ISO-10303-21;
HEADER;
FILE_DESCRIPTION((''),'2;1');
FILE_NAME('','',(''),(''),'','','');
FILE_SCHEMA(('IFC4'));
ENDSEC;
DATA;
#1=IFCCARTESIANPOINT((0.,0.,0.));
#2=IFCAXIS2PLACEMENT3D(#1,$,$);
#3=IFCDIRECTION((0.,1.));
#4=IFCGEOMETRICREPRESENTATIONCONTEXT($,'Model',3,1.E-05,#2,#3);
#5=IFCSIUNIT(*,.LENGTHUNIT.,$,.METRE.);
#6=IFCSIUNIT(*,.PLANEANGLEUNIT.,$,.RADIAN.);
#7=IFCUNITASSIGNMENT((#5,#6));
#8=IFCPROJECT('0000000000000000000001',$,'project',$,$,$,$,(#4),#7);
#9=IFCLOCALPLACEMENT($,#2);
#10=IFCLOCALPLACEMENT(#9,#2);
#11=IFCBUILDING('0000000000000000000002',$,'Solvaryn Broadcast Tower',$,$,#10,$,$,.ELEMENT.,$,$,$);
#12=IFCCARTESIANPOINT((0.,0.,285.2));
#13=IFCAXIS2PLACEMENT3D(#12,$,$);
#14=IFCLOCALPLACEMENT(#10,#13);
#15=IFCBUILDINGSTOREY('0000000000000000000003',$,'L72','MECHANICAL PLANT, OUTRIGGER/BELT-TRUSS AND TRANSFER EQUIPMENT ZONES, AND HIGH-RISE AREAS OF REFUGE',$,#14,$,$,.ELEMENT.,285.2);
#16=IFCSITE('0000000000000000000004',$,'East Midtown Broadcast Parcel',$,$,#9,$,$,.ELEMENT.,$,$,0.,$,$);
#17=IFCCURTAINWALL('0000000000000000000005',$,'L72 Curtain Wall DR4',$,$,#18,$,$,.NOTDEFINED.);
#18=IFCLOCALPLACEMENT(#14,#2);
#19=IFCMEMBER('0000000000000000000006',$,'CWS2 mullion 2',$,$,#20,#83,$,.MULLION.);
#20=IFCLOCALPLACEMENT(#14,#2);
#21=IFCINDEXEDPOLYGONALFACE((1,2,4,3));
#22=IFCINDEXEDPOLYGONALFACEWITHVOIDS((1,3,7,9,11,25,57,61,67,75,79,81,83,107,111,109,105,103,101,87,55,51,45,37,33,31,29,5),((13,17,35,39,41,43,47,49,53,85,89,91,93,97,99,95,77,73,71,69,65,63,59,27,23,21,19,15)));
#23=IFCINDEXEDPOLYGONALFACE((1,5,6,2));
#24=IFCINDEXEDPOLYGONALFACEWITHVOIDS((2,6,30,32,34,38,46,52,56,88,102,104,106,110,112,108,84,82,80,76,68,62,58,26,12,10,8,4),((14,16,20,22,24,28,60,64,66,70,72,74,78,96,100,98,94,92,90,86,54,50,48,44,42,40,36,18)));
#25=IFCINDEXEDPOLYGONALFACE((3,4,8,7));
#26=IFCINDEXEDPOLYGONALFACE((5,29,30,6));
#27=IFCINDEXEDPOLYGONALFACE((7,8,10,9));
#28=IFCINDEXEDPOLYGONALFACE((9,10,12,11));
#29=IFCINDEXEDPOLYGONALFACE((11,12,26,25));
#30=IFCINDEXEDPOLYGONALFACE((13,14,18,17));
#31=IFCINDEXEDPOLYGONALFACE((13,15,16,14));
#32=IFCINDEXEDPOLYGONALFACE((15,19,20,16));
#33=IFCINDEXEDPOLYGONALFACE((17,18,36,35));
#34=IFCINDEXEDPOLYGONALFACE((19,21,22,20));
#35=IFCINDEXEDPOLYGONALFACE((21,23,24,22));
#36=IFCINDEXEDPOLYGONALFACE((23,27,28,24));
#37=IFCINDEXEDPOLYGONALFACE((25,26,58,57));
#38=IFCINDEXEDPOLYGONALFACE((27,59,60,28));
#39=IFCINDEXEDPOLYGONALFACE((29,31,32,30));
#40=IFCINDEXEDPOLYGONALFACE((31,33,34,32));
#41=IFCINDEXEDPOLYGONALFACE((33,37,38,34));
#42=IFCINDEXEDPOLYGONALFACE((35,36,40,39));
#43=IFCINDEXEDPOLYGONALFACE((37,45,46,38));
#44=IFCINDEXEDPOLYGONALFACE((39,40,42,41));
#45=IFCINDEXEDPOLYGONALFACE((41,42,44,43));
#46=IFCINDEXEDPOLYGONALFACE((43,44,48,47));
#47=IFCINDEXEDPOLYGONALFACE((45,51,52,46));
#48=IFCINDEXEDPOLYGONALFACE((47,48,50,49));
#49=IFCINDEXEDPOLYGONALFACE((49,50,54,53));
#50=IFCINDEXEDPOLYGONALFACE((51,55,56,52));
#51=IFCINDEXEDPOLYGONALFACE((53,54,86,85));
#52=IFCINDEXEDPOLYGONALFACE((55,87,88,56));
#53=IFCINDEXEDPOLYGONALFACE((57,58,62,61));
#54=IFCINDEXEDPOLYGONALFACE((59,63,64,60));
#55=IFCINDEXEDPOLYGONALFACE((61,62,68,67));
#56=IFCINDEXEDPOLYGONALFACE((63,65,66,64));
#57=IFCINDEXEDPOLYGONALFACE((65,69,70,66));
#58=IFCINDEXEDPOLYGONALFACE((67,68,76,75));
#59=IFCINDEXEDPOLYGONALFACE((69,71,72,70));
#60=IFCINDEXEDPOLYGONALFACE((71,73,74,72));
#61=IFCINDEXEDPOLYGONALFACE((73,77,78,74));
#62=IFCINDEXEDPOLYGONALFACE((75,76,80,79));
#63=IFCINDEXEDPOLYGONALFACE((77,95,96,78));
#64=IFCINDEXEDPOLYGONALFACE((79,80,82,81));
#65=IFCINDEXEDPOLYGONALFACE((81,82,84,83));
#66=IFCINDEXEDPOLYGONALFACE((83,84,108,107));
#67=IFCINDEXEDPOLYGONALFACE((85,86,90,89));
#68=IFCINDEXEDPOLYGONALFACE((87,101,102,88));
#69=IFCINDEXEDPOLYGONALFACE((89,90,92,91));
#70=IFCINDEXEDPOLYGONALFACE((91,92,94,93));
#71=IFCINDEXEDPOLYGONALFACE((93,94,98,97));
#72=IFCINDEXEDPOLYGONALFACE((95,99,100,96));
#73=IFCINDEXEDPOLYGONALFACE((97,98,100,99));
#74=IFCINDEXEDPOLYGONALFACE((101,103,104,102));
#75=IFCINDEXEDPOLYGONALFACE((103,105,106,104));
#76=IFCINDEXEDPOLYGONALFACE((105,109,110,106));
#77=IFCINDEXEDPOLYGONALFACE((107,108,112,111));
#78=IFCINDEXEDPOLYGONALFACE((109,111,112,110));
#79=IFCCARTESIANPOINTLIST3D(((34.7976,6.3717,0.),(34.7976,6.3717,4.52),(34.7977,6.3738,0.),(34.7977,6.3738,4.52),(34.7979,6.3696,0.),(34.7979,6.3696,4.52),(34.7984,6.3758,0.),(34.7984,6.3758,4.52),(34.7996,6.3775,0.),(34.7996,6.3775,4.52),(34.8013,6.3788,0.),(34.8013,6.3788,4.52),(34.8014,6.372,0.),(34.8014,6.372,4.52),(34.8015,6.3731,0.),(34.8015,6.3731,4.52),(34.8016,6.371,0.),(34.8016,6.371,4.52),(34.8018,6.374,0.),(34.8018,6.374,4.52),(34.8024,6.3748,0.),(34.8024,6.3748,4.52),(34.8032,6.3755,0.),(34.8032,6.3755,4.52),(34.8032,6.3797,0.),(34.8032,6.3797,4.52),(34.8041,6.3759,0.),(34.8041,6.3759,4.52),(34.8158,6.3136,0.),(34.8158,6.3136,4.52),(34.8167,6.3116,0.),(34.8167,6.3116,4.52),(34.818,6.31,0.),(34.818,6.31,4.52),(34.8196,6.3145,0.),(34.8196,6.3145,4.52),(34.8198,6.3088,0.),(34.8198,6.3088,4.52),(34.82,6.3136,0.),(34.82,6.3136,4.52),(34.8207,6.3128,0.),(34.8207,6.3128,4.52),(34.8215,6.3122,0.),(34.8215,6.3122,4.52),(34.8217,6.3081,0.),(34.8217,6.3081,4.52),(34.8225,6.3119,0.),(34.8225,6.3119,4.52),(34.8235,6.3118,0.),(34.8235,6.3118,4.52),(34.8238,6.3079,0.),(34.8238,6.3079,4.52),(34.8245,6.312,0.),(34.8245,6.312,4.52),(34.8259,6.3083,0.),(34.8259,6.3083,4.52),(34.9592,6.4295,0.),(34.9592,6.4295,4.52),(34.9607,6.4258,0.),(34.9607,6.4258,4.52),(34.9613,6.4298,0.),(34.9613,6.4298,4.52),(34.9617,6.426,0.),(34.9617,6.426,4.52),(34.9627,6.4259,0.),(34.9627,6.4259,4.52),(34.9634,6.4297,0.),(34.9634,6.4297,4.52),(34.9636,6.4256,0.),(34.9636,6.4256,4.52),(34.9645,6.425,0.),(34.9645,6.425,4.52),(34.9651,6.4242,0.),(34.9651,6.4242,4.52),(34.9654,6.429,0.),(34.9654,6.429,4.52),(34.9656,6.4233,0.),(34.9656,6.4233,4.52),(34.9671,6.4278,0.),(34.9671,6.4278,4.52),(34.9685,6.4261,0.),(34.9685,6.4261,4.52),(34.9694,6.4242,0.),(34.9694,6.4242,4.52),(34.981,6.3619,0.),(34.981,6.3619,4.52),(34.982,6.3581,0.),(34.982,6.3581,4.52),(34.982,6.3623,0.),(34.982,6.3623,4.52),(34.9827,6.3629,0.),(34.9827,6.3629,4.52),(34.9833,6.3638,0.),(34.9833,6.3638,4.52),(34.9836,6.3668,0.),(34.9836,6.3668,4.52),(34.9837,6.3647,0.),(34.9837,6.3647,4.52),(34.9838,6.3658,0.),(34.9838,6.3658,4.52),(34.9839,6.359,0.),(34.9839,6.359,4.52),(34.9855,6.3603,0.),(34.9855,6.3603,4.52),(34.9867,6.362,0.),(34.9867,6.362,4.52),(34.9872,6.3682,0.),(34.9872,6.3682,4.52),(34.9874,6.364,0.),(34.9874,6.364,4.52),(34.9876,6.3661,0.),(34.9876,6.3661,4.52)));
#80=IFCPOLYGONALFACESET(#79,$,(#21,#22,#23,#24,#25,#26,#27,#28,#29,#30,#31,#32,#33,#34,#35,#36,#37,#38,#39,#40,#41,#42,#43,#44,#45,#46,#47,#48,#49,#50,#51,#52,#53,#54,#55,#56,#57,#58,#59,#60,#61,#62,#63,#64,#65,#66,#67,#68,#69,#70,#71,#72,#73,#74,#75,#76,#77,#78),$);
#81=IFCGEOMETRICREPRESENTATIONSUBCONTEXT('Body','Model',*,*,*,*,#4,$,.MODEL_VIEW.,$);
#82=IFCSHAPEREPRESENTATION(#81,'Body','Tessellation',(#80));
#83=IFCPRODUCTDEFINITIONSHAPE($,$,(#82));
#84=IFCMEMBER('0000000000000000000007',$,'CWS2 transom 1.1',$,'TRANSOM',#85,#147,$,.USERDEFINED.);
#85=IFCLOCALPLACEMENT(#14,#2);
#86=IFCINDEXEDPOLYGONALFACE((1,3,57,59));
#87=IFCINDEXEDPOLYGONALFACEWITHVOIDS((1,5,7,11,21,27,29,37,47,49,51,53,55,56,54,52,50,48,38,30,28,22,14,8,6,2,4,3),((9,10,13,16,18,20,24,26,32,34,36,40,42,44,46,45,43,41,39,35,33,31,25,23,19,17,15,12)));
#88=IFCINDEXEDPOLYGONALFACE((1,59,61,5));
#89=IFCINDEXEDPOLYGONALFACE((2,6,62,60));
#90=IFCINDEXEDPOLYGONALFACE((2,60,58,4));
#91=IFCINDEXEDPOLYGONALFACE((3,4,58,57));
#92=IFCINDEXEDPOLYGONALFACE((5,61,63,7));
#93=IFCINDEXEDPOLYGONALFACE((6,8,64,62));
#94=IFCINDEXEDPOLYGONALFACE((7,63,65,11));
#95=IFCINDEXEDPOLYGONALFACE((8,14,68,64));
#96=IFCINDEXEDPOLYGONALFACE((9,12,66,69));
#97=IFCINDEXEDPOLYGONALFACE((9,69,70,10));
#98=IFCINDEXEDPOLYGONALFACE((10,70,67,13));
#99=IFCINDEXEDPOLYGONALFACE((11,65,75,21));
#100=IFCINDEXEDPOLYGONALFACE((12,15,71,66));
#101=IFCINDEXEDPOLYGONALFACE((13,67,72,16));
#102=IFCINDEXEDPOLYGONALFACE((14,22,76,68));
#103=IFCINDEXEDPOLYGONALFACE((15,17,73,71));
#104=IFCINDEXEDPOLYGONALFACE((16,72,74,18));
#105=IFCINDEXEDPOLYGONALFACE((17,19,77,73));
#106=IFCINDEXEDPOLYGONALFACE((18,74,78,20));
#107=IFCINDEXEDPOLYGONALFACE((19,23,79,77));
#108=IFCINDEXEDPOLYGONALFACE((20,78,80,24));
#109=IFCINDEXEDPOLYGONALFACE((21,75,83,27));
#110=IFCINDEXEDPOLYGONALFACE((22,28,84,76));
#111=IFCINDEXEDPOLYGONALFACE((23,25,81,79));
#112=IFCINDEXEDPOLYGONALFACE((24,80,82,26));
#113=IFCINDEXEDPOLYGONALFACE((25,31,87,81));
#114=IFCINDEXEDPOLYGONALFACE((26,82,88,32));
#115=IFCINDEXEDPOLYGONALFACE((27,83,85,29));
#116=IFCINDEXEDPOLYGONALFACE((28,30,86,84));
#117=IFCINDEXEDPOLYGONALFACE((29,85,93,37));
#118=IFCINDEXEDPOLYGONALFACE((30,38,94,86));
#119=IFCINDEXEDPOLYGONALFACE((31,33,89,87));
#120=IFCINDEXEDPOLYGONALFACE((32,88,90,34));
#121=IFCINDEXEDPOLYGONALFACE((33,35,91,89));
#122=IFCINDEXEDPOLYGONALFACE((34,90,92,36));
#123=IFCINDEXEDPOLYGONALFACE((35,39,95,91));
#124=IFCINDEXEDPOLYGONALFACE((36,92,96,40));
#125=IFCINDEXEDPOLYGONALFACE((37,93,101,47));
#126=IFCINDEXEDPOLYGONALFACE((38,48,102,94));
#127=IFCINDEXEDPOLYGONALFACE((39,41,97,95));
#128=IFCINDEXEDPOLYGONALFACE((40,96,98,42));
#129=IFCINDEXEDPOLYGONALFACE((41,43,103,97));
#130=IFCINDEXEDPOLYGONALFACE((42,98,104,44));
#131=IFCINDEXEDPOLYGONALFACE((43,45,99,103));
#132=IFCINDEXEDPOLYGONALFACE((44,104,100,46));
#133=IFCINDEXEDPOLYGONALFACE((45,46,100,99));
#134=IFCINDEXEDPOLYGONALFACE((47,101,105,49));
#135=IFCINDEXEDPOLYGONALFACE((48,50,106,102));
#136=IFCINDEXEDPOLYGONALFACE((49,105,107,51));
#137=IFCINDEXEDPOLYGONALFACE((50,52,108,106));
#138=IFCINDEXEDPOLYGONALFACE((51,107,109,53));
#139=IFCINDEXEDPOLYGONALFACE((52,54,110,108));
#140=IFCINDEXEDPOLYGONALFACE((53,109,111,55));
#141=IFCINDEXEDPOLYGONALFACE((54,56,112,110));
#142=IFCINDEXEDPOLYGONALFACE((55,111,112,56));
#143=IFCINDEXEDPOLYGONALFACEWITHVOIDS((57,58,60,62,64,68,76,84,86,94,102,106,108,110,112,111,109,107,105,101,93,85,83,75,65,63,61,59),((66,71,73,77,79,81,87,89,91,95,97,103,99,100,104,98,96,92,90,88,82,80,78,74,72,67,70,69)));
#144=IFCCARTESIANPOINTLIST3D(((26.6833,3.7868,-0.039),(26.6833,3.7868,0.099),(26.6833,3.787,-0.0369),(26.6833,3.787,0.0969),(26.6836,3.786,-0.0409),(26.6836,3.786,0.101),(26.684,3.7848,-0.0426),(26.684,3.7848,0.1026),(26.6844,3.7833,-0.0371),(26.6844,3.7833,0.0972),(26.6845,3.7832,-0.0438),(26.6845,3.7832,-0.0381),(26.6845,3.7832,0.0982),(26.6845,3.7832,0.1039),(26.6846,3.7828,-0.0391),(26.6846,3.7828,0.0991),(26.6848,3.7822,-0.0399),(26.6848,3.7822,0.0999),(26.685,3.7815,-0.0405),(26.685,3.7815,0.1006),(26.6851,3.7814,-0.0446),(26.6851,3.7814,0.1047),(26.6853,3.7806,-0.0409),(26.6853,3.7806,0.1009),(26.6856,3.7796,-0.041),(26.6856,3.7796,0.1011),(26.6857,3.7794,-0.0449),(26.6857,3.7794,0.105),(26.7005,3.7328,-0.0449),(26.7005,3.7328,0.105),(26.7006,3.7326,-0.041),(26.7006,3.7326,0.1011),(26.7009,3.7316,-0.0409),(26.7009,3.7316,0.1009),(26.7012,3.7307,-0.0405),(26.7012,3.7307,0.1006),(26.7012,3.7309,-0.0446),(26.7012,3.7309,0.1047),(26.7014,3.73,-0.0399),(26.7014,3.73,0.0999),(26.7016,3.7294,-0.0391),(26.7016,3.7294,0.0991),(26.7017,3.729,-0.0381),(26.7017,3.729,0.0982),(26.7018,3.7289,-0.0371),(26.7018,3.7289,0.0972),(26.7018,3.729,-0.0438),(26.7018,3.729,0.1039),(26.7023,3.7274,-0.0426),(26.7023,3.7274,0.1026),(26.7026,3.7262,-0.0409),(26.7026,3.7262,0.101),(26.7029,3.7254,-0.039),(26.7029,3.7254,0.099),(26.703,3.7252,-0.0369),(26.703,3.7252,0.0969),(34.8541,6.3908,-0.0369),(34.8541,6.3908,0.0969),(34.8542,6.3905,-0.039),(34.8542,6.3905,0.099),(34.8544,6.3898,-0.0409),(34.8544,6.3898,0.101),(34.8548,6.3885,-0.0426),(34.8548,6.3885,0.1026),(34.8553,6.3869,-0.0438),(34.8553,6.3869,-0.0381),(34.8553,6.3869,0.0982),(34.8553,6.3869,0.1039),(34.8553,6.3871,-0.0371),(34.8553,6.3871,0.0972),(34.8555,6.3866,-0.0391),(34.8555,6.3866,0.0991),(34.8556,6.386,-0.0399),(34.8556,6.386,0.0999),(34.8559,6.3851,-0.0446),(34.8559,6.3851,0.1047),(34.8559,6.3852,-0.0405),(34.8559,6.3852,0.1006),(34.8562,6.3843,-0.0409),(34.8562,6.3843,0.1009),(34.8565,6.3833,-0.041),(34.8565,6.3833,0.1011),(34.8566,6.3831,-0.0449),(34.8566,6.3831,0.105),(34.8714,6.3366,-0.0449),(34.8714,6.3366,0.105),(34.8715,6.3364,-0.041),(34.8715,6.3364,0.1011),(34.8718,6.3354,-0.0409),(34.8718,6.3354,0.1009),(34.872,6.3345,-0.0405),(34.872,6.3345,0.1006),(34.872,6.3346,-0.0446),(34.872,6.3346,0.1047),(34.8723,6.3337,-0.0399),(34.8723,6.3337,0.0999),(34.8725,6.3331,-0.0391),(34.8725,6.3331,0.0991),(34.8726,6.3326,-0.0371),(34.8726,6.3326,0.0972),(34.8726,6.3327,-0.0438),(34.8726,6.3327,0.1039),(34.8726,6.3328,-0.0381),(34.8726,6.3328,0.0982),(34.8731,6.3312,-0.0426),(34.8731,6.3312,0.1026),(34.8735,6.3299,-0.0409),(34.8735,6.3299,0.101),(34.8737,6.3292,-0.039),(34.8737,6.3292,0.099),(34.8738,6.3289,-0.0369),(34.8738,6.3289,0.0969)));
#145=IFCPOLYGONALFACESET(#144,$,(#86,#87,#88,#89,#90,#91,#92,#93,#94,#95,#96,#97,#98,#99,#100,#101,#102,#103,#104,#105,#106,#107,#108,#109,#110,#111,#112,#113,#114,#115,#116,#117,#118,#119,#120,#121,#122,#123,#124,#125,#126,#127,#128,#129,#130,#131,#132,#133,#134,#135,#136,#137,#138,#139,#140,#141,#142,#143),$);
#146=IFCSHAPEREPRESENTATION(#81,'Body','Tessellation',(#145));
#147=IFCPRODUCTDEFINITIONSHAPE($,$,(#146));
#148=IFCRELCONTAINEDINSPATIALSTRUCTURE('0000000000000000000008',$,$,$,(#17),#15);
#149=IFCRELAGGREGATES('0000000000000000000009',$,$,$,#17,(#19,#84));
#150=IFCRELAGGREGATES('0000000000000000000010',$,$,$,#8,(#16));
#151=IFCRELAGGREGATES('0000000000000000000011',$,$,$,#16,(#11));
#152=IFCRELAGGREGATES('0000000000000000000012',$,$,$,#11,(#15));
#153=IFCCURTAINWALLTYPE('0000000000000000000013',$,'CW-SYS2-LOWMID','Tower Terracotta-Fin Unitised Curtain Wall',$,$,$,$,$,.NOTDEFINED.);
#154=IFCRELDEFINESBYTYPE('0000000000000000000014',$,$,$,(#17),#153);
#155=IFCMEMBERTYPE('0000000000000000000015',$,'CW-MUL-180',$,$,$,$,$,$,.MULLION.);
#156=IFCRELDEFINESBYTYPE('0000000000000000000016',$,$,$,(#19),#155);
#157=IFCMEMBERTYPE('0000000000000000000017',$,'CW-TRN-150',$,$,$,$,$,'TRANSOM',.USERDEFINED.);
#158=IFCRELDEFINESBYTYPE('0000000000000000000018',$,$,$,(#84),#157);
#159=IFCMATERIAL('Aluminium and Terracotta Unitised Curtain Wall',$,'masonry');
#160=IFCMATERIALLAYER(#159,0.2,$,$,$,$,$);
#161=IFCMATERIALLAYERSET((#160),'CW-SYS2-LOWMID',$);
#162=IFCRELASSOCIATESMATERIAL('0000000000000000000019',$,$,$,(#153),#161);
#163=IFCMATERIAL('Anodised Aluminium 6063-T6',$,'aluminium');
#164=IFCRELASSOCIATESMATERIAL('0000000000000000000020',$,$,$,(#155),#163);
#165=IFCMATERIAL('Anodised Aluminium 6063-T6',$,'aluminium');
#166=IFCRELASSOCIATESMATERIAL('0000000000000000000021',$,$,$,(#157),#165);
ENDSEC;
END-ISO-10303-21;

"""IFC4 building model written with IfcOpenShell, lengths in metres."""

from ifc_helpers import new_model, si_unit, direction, frame, origin, origin_2d, place, context, subcontext, project, spatial, hollow_rectangle, extrude, material, layer, layer_set, material_profile, profile_set, type_object, element, aggregate, save


model = new_model("IFC4")

# Units and contexts
model_context = context("Model", 3, precision=1e-05, world=origin(), true_north=direction((0.0, 1.0)))
body_context = subcontext(model_context, "Body", "Model", "MODEL_VIEW")
ifc_project = project(units=[si_unit("LENGTHUNIT", "METRE"), si_unit("PLANEANGLEUNIT", "RADIAN")], contexts=[model_context])

# Site, building, storey
site_placement = place(None, origin())
site = spatial("IfcSite", under=ifc_project, at=site_placement, Name="East Midtown Broadcast Parcel", CompositionType="ELEMENT", RefElevation=0.0)
building_placement = place(site_placement, origin())
building = spatial("IfcBuilding", under=site, at=building_placement, Name="Solvaryn Broadcast Tower", CompositionType="ELEMENT")
storey_placement = place(building_placement, frame((0.0, 0.0, 285.2)))
storey = spatial("IfcBuildingStorey", under=building, at=storey_placement, Name="L72", Description="MECHANICAL PLANT, OUTRIGGER/BELT-TRUSS AND TRANSFER EQUIPMENT ZONES, AND HIGH-RISE AREAS OF REFUGE", CompositionType="ELEMENT", Elevation=285.2)

# Shared definitions
ifc_material_1 = material(Name="Aluminium and Terracotta Unitised Curtain Wall", Category="masonry")
ifc_layer_1 = layer(ifc_material_1, 0.2)
ifc_layer_set_1 = layer_set([ifc_layer_1], Name="CW-SYS2-LOWMID")
curtain_wall_type = type_object("IfcCurtainWallType", Name="CW-SYS2-LOWMID", Description="Tower Terracotta-Fin Unitised Curtain Wall", PredefinedType="NOTDEFINED", material=ifc_layer_set_1)
ifc_material_2 = material(Name="Anodised Aluminium 6063-T6", Category="aluminium")
ifc_material_profile_1 = material_profile(ifc_material_2, hollow_rectangle(XDim=0.075, YDim=0.1799, WallThickness=0.0039, InnerFilletRadius=0.0039, OuterFilletRadius=0.0081, at=origin_2d()))
ifc_profile_set_1 = profile_set([ifc_material_profile_1], Name="Anodised Aluminium 6063-T6")
member_type_1 = type_object("IfcMemberType", Name="CW-MUL-180", PredefinedType="MULLION", material=ifc_profile_set_1)

# Curtain wall, members
curtain_wall_1_placement = place(storey_placement, origin())
curtain_wall_1 = element("IfcCurtainWall", 1, at=curtain_wall_1_placement, inside=storey, type_object=curtain_wall_type, Name="L72 Curtain Wall DR4", PredefinedType="NOTDEFINED")
member_1_placement = place(storey_placement, frame((34.8926, 6.3689, 0.0), z_axis=(0.0, 0.0, 1.0), x_axis=(-0.303616, 0.952795, 0.0)))
member_1 = element("IfcMember", 2, at=member_1_placement, type_object=member_type_1, Name="CWS2 mullion 2", PredefinedType="MULLION", context=body_context, shape_type="SweptSolid", body=[
    extrude(hollow_rectangle(XDim=0.075, YDim=0.1799, WallThickness=0.0039, InnerFilletRadius=0.0039, OuterFilletRadius=0.0081, at=origin_2d()), origin(), (0.0, 0.0, 1.0), 4.52),
])
ifc_material_3 = material(Name="Anodised Aluminium 6063-T6", Category="aluminium")
ifc_material_profile_2 = material_profile(ifc_material_3, hollow_rectangle(XDim=0.0649, YDim=0.1499, WallThickness=0.0039, InnerFilletRadius=0.0039, OuterFilletRadius=0.0081, at=origin_2d()))
ifc_profile_set_2 = profile_set([ifc_material_profile_2], Name="Anodised Aluminium 6063-T6")
member_type_2 = type_object("IfcMemberType", Name="CW-TRN-150", ElementType="TRANSOM", PredefinedType="USERDEFINED", material=ifc_profile_set_2)
member_2_placement = place(storey_placement, frame((26.6931, 3.7561, 0.03), z_axis=(0.952793, 0.30362, 0.0), x_axis=(-0.30362, 0.952793, 0.0)))
member_2 = element("IfcMember", 3, at=member_2_placement, type_object=member_type_2, Name="CWS2 transom 1.1", ObjectType="TRANSOM", PredefinedType="USERDEFINED", context=body_context, shape_type="SweptSolid", body=[
    extrude(hollow_rectangle(XDim=0.0649, YDim=0.1499, WallThickness=0.0039, InnerFilletRadius=0.0039, OuterFilletRadius=0.0081, at=origin_2d()), origin(), (0.0, 0.0, 1.0), 8.5757),
])

aggregate(curtain_wall_1, [member_1, member_2])

save(model, "model.ifc")
